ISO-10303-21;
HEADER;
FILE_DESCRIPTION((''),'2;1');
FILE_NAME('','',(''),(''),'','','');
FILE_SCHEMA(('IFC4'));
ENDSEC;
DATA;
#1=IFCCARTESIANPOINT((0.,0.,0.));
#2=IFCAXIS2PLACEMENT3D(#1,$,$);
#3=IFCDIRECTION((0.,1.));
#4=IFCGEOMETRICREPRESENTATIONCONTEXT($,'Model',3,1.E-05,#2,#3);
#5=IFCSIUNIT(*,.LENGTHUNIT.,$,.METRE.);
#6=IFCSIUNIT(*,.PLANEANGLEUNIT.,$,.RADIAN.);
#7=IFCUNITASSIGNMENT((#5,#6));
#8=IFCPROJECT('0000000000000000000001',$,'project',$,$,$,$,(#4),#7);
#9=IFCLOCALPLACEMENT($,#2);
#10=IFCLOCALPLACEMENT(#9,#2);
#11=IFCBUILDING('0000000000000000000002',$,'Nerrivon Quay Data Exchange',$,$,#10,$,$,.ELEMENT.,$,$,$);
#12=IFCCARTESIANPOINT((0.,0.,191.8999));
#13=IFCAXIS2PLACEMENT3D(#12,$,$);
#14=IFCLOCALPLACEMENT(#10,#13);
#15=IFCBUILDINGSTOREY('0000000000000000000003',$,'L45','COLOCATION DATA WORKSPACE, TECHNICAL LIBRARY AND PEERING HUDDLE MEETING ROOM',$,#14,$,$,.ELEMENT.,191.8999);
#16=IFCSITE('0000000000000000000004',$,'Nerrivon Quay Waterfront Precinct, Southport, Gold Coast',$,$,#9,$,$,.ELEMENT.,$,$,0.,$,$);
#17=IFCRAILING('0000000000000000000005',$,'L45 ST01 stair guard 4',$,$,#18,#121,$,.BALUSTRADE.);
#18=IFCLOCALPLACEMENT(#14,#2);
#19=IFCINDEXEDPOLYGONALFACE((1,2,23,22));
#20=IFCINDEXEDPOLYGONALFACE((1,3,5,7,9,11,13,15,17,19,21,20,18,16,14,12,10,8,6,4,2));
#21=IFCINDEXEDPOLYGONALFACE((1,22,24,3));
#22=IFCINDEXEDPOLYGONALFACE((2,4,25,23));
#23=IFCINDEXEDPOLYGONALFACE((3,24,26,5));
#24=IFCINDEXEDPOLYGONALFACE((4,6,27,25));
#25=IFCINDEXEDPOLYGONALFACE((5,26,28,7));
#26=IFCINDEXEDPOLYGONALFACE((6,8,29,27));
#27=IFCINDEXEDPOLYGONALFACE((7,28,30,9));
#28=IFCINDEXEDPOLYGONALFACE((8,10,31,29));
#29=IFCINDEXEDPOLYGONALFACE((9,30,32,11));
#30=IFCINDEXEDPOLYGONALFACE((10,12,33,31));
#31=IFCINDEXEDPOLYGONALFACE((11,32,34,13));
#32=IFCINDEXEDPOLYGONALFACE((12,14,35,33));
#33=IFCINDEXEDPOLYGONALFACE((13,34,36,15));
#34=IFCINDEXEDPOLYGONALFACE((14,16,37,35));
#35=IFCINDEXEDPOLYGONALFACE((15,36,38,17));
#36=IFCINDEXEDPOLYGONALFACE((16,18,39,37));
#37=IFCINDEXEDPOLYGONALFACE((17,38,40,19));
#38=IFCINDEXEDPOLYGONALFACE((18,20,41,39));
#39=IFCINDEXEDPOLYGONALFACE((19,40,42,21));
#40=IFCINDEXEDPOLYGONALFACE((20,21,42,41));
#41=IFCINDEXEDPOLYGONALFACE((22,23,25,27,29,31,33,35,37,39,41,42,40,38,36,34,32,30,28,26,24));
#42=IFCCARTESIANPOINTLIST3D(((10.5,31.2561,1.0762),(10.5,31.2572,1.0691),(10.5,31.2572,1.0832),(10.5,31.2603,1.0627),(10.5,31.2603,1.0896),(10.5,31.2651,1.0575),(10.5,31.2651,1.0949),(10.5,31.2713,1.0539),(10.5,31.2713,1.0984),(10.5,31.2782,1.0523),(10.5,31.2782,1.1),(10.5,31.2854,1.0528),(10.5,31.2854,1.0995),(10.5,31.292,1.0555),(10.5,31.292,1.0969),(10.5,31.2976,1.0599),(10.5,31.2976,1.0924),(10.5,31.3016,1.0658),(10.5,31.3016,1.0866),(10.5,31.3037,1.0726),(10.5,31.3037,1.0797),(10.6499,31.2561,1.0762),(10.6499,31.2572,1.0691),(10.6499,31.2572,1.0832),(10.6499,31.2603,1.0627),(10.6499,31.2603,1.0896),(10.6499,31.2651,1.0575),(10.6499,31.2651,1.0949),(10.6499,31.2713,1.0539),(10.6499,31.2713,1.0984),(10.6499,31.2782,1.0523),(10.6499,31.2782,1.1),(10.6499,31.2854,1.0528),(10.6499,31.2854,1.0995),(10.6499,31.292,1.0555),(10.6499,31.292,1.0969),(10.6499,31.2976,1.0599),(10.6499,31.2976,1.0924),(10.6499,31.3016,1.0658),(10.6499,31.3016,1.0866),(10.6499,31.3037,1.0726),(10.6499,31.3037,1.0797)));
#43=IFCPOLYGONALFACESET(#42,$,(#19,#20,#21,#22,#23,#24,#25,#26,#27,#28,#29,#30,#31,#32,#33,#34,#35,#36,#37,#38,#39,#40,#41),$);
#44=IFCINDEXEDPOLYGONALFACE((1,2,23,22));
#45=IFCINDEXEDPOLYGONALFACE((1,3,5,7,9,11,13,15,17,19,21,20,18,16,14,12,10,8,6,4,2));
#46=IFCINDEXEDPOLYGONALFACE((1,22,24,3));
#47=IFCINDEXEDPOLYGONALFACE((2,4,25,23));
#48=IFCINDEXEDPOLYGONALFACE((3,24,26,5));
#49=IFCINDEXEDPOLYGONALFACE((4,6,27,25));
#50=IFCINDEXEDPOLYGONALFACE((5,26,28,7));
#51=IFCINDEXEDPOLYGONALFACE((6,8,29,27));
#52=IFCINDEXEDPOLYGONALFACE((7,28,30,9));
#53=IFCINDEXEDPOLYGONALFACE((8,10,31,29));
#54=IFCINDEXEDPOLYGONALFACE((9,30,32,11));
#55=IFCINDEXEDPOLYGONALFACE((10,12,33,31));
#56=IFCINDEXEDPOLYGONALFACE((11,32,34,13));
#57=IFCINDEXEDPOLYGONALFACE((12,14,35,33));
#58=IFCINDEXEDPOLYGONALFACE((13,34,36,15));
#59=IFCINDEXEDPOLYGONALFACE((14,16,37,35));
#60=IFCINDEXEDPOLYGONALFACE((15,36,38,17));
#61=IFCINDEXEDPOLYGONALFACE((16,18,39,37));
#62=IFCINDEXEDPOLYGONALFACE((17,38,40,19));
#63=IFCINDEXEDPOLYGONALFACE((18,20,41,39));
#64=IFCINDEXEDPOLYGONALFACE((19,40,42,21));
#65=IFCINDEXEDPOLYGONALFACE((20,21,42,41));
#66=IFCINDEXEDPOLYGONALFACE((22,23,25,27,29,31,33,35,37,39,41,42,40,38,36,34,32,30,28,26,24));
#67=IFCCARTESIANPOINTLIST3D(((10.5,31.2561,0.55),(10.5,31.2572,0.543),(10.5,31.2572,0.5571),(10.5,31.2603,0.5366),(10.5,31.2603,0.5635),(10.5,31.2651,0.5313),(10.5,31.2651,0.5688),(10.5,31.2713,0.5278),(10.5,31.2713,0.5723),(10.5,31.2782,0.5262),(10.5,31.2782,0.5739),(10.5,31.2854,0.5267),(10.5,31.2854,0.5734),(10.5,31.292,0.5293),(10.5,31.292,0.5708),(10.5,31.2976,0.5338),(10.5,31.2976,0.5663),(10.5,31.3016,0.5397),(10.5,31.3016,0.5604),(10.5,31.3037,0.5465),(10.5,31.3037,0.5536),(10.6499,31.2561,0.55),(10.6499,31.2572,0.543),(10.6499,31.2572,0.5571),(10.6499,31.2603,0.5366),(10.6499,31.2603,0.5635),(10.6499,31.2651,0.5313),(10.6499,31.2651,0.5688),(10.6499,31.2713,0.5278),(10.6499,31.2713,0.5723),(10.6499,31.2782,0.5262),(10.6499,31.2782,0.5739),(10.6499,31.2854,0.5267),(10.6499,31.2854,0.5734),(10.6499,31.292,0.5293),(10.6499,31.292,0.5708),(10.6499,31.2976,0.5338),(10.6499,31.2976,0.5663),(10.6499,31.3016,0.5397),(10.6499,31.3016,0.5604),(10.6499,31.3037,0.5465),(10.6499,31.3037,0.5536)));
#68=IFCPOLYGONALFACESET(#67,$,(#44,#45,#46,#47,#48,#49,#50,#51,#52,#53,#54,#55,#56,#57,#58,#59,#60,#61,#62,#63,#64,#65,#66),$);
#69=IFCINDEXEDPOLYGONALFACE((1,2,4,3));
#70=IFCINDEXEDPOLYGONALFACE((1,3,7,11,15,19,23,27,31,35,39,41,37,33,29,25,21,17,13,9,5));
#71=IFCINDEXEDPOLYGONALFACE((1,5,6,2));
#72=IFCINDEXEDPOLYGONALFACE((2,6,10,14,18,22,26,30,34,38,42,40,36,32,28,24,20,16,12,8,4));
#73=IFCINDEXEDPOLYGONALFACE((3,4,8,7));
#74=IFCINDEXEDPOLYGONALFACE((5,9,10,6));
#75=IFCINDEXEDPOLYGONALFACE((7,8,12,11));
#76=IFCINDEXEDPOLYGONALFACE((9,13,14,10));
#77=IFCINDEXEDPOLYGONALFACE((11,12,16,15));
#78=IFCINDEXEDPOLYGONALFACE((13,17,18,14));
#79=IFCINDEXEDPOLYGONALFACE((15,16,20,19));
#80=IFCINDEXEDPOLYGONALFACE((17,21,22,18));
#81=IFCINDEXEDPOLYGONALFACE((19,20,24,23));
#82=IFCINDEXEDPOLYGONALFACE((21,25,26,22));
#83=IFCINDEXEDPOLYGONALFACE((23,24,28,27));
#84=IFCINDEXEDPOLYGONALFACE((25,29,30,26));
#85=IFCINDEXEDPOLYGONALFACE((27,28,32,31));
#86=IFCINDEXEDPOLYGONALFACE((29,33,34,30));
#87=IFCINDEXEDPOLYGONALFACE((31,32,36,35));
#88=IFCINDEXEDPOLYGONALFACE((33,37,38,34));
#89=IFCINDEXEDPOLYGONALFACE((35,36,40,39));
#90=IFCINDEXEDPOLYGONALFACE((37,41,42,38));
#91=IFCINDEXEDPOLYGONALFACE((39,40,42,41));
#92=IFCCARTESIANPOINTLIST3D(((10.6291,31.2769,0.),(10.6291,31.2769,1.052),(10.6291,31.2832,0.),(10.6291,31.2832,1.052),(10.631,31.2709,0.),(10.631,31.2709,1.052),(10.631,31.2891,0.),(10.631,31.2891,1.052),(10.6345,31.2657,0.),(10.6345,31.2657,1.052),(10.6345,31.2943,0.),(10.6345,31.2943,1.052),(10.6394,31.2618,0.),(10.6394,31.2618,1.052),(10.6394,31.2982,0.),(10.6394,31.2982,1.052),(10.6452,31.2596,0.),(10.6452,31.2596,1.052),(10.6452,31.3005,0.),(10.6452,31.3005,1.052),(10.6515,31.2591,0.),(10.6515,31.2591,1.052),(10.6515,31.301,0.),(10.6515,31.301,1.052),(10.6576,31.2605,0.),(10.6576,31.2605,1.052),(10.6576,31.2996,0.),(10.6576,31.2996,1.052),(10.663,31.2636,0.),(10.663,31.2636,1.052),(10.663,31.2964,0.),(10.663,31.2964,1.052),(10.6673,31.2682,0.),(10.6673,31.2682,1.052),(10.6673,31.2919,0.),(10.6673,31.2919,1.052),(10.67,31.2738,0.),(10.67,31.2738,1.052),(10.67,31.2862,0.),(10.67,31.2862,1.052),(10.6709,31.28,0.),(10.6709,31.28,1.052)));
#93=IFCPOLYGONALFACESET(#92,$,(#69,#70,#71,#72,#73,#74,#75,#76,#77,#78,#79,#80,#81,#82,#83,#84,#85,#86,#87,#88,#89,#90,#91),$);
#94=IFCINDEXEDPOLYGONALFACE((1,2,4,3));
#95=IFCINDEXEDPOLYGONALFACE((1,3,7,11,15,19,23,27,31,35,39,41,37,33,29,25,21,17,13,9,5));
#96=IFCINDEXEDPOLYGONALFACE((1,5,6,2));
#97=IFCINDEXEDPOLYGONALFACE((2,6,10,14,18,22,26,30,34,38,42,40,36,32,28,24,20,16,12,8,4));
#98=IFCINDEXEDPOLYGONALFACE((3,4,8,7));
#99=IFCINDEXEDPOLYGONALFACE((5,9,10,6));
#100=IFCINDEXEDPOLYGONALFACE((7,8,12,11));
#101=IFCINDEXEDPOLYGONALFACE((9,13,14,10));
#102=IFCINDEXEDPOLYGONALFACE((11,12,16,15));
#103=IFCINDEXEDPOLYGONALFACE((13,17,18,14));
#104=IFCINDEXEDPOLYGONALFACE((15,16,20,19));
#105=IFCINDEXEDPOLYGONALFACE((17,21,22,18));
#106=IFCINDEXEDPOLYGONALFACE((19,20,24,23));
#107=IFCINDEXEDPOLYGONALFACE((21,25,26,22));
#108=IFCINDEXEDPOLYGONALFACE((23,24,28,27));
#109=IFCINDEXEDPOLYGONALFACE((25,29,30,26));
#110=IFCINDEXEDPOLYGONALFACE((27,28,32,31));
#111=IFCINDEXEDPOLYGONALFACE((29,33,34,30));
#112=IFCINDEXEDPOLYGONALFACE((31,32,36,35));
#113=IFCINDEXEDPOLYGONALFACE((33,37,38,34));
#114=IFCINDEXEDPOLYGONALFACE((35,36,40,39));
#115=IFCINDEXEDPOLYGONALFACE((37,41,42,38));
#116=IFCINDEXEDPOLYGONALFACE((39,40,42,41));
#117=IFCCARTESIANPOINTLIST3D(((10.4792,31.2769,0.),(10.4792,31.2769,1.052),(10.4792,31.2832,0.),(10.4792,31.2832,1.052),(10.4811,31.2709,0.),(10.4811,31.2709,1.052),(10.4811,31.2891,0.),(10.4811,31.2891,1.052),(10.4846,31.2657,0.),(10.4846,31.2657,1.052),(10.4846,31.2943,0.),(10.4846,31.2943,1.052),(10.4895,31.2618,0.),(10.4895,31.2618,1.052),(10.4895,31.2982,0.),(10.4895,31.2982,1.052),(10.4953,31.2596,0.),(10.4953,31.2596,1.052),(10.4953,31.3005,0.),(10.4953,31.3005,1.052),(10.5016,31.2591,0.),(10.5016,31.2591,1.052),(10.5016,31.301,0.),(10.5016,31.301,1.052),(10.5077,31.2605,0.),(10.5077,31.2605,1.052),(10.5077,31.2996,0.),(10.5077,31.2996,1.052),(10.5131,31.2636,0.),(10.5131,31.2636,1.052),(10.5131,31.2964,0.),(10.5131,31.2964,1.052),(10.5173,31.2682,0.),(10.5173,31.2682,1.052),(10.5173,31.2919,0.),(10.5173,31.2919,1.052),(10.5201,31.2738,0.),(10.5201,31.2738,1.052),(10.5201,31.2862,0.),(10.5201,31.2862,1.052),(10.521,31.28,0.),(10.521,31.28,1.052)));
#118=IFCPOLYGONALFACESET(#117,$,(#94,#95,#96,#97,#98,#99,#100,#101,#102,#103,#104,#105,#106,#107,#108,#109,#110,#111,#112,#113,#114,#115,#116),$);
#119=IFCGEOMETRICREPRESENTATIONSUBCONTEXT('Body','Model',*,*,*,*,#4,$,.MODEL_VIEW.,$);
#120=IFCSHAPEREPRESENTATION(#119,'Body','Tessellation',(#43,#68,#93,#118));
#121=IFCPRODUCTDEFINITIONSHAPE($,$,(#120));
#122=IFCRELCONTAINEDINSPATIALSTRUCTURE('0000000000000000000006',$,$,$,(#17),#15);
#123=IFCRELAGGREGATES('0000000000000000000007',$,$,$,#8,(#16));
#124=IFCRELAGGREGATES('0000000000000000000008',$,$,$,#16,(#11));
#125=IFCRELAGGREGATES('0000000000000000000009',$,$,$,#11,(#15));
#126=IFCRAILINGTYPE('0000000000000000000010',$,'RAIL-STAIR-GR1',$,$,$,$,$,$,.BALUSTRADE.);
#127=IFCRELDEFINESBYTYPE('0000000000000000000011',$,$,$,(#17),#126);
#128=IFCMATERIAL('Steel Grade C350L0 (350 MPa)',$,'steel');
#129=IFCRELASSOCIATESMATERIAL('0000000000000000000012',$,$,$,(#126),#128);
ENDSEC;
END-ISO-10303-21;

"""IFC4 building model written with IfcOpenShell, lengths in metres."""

from ifc_helpers import new_model, si_unit, direction, frame, origin, origin_2d, place, context, subcontext, project, spatial, circle, extrude, material, type_object, element, save


model = new_model("IFC4")

# Units and contexts
model_context = context("Model", 3, precision=1e-05, world=origin(), true_north=direction((0.0, 1.0)))
body_context = subcontext(model_context, "Body", "Model", "MODEL_VIEW")
ifc_project = project(units=[si_unit("LENGTHUNIT", "METRE"), si_unit("PLANEANGLEUNIT", "RADIAN")], contexts=[model_context])

# Site, building, storey
site_placement = place(None, origin())
site = spatial("IfcSite", under=ifc_project, at=site_placement, Name="Nerrivon Quay Waterfront Precinct, Southport, Gold Coast", CompositionType="ELEMENT", RefElevation=0.0)
building_placement = place(site_placement, origin())
building = spatial("IfcBuilding", under=site, at=building_placement, Name="Nerrivon Quay Data Exchange", CompositionType="ELEMENT")
storey_placement = place(building_placement, frame((0.0, 0.0, 191.8999)))
storey = spatial("IfcBuildingStorey", under=building, at=storey_placement, Name="L45", Description="COLOCATION DATA WORKSPACE, TECHNICAL LIBRARY AND PEERING HUDDLE MEETING ROOM", CompositionType="ELEMENT", Elevation=191.8999)

# Railing
ifc_material_1 = material(Name="Steel Grade C350L0 (350 MPa)", Category="steel")
railing_type_1 = type_object("IfcRailingType", Name="RAIL-STAIR-GR1", PredefinedType="BALUSTRADE", material=ifc_material_1)
railing_1_placement = place(storey_placement, frame((10.6499, 31.28, 0.0)))
element("IfcRailing", 1, at=railing_1_placement, inside=storey, type_object=railing_type_1, Name="L45 ST01 stair guard 4", PredefinedType="BALUSTRADE", context=body_context, shape_type="SweptSolid", body=[
    extrude(circle(Radius=0.0239, at=origin_2d()), frame((0.0, 0.0, 1.0762), z_axis=(-1.0, 0.0, 0.0), x_axis=(0.0, -1.0, 0.0)), (0.0, 0.0, 1.0), 0.1499),
    extrude(circle(Radius=0.0239, at=origin_2d()), frame((0.0, 0.0, 0.55), z_axis=(-1.0, 0.0, 0.0), x_axis=(0.0, -1.0, 0.0)), (0.0, 0.0, 1.0), 0.1499),
    extrude(circle(Radius=0.021, at=origin_2d()), origin(), (0.0, 0.0, 1.0), 1.052),
    extrude(circle(Radius=0.021, at=origin_2d()), frame((-0.1499, 0.0, 0.0)), (0.0, 0.0, 1.0), 1.052),
])

save(model, "model.ifc")
